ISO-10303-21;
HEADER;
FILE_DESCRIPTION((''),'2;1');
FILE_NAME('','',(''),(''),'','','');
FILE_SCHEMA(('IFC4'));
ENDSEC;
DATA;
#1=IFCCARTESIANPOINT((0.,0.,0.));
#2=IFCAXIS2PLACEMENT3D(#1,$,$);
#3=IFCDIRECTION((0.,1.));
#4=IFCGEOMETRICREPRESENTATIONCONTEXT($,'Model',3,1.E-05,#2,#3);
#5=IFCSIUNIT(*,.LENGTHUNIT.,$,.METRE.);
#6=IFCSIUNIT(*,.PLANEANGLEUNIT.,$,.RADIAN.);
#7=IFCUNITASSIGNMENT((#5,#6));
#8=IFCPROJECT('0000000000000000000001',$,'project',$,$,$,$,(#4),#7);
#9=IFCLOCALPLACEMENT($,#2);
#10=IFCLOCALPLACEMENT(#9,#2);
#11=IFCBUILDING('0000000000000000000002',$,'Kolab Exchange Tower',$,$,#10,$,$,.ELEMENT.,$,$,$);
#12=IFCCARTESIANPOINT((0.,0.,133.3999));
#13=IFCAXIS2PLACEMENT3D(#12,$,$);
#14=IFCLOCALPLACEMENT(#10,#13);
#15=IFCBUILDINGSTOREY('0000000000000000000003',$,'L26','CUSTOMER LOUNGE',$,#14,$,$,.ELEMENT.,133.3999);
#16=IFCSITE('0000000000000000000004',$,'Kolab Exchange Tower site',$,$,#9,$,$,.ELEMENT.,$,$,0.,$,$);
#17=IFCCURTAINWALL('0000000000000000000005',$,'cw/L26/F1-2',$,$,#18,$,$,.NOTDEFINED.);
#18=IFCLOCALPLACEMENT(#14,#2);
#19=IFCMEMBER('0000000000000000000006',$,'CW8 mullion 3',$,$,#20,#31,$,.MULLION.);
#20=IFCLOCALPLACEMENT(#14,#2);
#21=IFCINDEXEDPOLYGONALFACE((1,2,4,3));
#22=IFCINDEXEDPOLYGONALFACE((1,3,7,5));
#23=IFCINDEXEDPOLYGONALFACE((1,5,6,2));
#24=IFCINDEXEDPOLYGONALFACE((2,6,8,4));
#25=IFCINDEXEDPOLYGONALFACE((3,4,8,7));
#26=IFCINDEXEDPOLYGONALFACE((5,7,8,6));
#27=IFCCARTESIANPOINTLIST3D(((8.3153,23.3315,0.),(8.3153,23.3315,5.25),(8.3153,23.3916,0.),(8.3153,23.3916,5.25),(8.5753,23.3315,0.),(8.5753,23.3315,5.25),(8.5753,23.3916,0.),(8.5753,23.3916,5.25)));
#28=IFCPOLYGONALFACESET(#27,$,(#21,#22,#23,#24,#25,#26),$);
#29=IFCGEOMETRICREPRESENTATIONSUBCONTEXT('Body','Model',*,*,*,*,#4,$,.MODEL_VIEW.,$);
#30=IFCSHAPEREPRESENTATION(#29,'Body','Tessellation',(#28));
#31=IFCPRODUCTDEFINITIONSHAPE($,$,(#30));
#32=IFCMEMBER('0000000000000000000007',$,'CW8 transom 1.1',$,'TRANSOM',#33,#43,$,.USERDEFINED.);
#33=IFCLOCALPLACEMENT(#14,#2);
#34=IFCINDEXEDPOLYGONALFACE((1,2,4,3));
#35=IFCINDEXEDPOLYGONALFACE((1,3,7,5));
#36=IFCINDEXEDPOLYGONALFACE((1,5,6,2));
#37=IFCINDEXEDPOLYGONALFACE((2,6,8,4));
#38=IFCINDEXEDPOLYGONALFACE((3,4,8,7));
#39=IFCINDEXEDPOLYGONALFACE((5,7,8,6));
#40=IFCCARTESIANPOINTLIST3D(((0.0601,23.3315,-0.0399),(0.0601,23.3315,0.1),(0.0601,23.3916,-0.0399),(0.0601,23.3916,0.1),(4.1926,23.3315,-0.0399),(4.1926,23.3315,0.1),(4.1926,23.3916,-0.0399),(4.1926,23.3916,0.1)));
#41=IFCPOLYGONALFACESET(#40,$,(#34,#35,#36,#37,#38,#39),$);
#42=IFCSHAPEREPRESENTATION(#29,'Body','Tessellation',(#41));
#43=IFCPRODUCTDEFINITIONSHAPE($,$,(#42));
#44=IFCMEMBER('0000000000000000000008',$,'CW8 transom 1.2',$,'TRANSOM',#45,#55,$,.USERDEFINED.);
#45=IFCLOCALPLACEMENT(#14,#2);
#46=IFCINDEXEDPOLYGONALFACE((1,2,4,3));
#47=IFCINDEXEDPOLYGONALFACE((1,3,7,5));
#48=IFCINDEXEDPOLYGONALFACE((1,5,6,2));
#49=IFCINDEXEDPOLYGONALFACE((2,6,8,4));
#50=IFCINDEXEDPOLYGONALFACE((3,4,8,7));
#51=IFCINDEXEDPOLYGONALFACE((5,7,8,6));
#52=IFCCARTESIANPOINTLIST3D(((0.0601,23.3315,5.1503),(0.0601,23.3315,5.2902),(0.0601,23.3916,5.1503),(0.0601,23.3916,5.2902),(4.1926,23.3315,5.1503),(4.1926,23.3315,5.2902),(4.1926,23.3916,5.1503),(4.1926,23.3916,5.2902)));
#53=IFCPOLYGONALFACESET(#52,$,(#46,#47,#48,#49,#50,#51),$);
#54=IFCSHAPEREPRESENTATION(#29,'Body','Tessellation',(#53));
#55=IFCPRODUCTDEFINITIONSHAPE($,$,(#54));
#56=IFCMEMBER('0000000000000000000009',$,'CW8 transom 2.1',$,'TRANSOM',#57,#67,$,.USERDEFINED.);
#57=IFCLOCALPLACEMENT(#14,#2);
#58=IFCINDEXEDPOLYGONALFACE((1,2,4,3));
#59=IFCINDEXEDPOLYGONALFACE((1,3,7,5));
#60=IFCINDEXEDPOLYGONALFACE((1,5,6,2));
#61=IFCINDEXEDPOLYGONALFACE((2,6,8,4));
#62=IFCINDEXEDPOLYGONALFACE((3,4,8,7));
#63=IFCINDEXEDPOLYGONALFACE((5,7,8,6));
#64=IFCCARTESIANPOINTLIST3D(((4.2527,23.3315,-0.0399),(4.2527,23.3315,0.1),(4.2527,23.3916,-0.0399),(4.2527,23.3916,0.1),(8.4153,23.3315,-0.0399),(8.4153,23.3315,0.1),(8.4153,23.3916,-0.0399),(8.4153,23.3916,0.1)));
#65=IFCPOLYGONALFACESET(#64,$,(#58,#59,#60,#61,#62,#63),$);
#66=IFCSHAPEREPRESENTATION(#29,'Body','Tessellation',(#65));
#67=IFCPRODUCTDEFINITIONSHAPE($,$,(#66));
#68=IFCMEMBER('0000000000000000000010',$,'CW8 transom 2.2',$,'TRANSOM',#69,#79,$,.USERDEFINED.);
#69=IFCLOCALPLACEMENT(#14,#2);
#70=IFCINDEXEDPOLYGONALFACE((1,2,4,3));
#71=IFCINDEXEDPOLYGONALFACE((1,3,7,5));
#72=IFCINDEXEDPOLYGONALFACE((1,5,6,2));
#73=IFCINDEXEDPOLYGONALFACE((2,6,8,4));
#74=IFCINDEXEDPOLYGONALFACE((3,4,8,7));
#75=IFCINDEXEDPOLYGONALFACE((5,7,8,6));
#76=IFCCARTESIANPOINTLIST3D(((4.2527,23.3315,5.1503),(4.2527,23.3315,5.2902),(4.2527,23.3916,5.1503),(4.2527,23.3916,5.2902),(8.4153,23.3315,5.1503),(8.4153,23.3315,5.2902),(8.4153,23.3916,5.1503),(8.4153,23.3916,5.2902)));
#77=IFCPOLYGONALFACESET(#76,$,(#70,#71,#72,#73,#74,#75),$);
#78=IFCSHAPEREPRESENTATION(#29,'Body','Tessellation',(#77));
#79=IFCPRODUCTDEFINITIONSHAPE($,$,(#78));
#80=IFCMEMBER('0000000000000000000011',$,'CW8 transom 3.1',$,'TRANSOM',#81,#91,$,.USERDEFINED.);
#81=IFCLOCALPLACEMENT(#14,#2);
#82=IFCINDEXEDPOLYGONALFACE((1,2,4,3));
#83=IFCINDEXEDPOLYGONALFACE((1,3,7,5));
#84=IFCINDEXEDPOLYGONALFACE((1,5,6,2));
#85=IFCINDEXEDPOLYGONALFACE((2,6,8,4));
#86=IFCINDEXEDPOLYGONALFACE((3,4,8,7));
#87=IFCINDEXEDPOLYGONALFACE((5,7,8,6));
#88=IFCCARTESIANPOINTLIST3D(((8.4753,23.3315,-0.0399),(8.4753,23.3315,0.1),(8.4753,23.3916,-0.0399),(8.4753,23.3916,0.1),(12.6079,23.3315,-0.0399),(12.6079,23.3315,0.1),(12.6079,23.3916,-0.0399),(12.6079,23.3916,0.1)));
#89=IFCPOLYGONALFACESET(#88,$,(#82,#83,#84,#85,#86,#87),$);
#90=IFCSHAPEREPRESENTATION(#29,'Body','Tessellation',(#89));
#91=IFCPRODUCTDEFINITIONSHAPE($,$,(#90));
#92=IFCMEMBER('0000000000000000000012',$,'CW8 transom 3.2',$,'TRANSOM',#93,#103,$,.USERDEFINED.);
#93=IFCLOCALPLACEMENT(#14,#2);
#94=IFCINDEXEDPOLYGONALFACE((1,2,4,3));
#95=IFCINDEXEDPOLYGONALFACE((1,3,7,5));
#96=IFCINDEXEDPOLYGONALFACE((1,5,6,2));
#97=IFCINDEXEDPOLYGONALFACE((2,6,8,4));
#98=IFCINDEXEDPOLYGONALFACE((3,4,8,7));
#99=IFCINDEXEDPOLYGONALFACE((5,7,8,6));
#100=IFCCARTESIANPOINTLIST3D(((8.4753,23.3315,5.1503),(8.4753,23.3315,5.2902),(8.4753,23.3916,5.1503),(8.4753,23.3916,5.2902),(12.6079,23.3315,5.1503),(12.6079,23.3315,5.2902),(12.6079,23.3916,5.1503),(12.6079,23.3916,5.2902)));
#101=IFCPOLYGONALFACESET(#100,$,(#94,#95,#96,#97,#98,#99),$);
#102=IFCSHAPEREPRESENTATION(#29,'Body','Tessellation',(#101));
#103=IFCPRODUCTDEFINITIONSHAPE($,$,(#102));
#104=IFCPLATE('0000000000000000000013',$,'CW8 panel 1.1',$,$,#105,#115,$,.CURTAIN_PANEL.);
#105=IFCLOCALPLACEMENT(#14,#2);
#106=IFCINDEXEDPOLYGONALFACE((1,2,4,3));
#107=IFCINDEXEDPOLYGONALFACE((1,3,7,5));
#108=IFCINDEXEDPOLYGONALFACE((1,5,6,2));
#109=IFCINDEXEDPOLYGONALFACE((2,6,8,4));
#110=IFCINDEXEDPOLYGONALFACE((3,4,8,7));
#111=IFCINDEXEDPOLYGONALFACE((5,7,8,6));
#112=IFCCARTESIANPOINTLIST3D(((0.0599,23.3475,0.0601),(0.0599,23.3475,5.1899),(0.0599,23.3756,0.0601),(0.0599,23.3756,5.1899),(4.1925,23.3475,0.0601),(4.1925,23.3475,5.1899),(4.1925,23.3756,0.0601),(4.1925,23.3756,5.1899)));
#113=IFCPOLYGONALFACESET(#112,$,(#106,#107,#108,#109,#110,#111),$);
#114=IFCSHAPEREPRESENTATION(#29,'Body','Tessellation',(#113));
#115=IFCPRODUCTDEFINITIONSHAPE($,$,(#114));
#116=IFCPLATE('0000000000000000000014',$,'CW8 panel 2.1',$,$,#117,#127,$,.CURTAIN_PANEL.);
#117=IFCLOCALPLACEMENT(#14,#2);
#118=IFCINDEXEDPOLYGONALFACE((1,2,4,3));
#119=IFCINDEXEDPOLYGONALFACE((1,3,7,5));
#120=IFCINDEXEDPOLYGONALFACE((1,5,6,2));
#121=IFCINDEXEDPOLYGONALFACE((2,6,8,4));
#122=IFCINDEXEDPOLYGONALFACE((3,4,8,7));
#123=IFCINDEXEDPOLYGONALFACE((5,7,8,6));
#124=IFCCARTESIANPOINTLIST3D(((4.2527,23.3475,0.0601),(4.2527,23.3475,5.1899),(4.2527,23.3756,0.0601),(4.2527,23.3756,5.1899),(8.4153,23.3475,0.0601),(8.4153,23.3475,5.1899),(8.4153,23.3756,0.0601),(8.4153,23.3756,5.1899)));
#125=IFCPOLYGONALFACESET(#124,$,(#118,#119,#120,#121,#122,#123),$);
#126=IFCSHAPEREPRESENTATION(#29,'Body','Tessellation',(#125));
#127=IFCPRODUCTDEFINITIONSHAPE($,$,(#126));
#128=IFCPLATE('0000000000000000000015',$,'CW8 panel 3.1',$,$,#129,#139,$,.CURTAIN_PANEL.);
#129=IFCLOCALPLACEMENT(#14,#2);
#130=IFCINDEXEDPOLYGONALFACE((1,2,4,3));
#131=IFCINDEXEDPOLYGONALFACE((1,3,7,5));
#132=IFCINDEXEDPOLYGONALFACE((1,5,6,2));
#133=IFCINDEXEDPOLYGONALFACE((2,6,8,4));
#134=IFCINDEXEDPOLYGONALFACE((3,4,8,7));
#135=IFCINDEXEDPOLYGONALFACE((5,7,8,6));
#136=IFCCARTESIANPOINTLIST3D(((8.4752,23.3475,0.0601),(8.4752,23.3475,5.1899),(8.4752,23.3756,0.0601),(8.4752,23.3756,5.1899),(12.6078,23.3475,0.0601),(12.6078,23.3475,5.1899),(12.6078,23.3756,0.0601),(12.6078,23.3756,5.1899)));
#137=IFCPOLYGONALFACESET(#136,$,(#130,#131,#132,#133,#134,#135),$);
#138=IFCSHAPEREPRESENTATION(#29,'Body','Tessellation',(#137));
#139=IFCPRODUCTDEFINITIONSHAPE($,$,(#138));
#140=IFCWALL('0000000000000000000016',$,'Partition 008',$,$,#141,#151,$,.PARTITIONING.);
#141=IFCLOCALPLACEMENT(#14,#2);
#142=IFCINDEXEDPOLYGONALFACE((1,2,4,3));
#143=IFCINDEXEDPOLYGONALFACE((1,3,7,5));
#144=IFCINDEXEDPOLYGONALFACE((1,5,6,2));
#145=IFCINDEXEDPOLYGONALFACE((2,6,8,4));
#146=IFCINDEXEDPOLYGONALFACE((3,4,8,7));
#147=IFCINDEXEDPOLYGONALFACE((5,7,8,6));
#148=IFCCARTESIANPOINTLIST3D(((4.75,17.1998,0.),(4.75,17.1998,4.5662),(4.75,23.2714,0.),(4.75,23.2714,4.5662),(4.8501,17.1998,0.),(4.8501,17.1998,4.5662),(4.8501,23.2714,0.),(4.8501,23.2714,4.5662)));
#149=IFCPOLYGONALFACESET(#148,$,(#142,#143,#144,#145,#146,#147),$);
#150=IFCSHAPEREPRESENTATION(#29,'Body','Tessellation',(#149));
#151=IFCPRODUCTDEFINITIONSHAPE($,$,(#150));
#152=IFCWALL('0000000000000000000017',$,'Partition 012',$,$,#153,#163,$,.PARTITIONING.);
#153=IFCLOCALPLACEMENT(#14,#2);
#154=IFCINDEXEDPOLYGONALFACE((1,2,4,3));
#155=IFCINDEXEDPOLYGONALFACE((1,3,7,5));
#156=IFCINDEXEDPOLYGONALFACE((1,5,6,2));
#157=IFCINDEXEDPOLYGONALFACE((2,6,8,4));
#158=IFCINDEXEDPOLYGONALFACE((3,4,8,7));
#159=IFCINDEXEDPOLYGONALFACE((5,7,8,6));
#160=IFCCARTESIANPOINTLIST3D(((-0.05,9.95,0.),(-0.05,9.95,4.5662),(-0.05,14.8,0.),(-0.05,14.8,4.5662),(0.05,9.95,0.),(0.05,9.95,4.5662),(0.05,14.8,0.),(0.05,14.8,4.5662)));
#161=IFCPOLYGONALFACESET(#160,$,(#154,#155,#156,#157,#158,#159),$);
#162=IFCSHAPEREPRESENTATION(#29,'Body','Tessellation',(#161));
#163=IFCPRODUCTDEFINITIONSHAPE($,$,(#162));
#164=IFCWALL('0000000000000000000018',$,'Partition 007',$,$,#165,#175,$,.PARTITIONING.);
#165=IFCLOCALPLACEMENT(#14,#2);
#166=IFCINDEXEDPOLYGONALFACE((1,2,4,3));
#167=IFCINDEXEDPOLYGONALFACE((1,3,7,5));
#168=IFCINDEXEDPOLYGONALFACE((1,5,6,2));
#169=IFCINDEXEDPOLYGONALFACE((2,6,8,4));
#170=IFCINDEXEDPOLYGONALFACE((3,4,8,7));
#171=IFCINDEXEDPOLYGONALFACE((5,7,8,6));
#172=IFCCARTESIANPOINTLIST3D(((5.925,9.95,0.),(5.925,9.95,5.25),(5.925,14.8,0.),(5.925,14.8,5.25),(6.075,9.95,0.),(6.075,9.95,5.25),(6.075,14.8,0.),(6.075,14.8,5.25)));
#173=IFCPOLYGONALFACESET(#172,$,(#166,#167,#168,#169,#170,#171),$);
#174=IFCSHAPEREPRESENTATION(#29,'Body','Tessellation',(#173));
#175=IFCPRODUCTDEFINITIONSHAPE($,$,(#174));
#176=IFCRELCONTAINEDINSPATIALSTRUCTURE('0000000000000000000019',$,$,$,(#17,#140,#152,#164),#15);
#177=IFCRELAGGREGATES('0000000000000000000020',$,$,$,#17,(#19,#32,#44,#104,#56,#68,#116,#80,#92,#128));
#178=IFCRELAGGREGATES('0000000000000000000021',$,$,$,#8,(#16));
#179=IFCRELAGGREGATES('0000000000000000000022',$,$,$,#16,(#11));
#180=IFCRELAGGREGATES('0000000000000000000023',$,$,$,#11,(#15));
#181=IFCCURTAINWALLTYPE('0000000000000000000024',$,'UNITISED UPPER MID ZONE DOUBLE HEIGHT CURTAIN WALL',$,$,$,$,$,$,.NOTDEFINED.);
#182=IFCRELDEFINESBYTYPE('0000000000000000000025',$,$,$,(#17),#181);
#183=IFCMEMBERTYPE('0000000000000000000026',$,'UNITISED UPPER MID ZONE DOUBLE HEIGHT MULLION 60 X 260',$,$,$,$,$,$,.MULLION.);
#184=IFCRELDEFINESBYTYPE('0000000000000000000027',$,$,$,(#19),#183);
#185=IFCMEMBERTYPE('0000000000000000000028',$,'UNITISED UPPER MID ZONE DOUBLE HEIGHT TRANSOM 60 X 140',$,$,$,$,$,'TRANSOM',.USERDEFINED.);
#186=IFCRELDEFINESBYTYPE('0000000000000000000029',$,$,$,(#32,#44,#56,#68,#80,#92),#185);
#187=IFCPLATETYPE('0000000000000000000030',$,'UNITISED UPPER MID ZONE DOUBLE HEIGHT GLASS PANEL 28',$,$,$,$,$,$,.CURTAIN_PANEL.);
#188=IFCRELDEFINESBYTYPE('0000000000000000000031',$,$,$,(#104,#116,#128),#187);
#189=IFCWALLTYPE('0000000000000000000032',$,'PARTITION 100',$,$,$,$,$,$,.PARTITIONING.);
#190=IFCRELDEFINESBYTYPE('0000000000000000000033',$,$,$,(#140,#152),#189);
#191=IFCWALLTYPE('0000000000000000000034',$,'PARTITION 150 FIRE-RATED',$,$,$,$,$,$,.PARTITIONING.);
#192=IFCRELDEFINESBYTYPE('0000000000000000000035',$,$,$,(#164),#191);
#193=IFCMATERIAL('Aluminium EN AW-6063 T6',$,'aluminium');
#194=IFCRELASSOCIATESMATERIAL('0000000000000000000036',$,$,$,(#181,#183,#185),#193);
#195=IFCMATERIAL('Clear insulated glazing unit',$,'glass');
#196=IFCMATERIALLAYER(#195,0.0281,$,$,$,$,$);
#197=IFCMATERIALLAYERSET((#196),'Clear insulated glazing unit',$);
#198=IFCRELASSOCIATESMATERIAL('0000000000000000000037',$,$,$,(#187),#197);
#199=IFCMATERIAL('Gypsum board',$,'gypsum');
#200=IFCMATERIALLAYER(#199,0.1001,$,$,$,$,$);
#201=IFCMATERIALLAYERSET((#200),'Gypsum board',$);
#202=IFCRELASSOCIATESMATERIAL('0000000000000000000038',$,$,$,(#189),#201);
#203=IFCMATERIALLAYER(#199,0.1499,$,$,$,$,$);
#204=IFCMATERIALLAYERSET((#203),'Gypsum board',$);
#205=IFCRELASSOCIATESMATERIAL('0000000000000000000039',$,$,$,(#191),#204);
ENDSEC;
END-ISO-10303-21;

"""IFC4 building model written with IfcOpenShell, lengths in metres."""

from ifc_helpers import new_model, si_unit, direction, frame, frame_2d, origin, origin_2d, place, context, subcontext, project, spatial, rectangle, extrude, material, layer, layer_set, material_profile, profile_set, type_object, element, aggregate, save


model = new_model("IFC4")

# Units and contexts
model_context = context("Model", 3, precision=1e-05, world=origin(), true_north=direction((0.0, 1.0)))
body_context = subcontext(model_context, "Body", "Model", "MODEL_VIEW")
ifc_project = project(units=[si_unit("LENGTHUNIT", "METRE"), si_unit("PLANEANGLEUNIT", "RADIAN")], contexts=[model_context])

# Site, building, storey
site_placement = place(None, origin())
site = spatial("IfcSite", under=ifc_project, at=site_placement, Name="Kolab Exchange Tower site", CompositionType="ELEMENT", RefElevation=0.0)
building_placement = place(site_placement, origin())
building = spatial("IfcBuilding", under=site, at=building_placement, Name="Kolab Exchange Tower", CompositionType="ELEMENT")
storey_placement = place(building_placement, frame((0.0, 0.0, 133.3999)))
storey = spatial("IfcBuildingStorey", under=building, at=storey_placement, Name="L26", Description="CUSTOMER LOUNGE", CompositionType="ELEMENT", Elevation=133.3999)

# Curtain wall, members, plates
ifc_material_1 = material(Name="Aluminium EN AW-6063 T6", Category="aluminium")
curtain_wall_type = type_object("IfcCurtainWallType", Name="UNITISED UPPER MID ZONE DOUBLE HEIGHT CURTAIN WALL", PredefinedType="NOTDEFINED", material=ifc_material_1)
curtain_wall_placement = place(storey_placement, origin())
curtain_wall = element("IfcCurtainWall", 1, at=curtain_wall_placement, inside=storey, type_object=curtain_wall_type, Name="cw/L26/F1-2", PredefinedType="NOTDEFINED")
ifc_material_profile_1 = material_profile(ifc_material_1, rectangle(XDim=0.0601, YDim=0.26, at=origin_2d()), Name="RECT 60X260")
ifc_profile_set_1 = profile_set([ifc_material_profile_1], Name="Aluminium EN AW-6063 T6")
member_type_1 = type_object("IfcMemberType", Name="UNITISED UPPER MID ZONE DOUBLE HEIGHT MULLION 60 X 260", PredefinedType="MULLION", material=ifc_profile_set_1)
member_1_placement = place(storey_placement, frame((8.4453, 23.3616, 0.0), z_axis=(0.0, 0.0, 1.0), x_axis=(0.0, 1.0, 0.0)))
member_1 = element("IfcMember", 2, at=member_1_placement, type_object=member_type_1, Name="CW8 mullion 3", PredefinedType="MULLION", context=body_context, shape_type="SweptSolid", body=[
    extrude(rectangle(XDim=0.0601, YDim=0.26, at=origin_2d()), origin(), (0.0, 0.0, 1.0), 5.25),
])
ifc_material_profile_2 = material_profile(ifc_material_1, rectangle(XDim=0.0601, YDim=0.1399, at=origin_2d()), Name="RECT 60X140")
ifc_profile_set_2 = profile_set([ifc_material_profile_2], Name="Aluminium EN AW-6063 T6")
member_type_2 = type_object("IfcMemberType", Name="UNITISED UPPER MID ZONE DOUBLE HEIGHT TRANSOM 60 X 140", ElementType="TRANSOM", PredefinedType="USERDEFINED", material=ifc_profile_set_2)
member_2_placement = place(storey_placement, frame((0.0601, 23.3616, 0.03), z_axis=(1.0, 0.0, 0.0), x_axis=(0.0, 1.0, 0.0)))
member_2 = element("IfcMember", 3, at=member_2_placement, type_object=member_type_2, Name="CW8 transom 1.1", ObjectType="TRANSOM", PredefinedType="USERDEFINED", context=body_context, shape_type="SweptSolid", body=[
    extrude(rectangle(XDim=0.0601, YDim=0.1399, at=origin_2d()), origin(), (0.0, 0.0, 1.0), 4.1326),
])
member_3_placement = place(storey_placement, frame((0.0601, 23.3616, 5.2202), z_axis=(1.0, 0.0, 0.0), x_axis=(0.0, 1.0, 0.0)))
member_3 = element("IfcMember", 4, at=member_3_placement, type_object=member_type_2, Name="CW8 transom 1.2", ObjectType="TRANSOM", PredefinedType="USERDEFINED", context=body_context, shape_type="SweptSolid", body=[
    extrude(rectangle(XDim=0.0601, YDim=0.1399, at=origin_2d()), origin(), (0.0, 0.0, 1.0), 4.1326),
])
member_4_placement = place(storey_placement, frame((4.2527, 23.3616, 0.03), z_axis=(1.0, 0.0, 0.0), x_axis=(0.0, 1.0, 0.0)))
member_4 = element("IfcMember", 5, at=member_4_placement, type_object=member_type_2, Name="CW8 transom 2.1", ObjectType="TRANSOM", PredefinedType="USERDEFINED", context=body_context, shape_type="SweptSolid", body=[
    extrude(rectangle(XDim=0.0601, YDim=0.1399, at=origin_2d()), origin(), (0.0, 0.0, 1.0), 4.1626),
])
member_5_placement = place(storey_placement, frame((4.2527, 23.3616, 5.2202), z_axis=(1.0, 0.0, 0.0), x_axis=(0.0, 1.0, 0.0)))
member_5 = element("IfcMember", 6, at=member_5_placement, type_object=member_type_2, Name="CW8 transom 2.2", ObjectType="TRANSOM", PredefinedType="USERDEFINED", context=body_context, shape_type="SweptSolid", body=[
    extrude(rectangle(XDim=0.0601, YDim=0.1399, at=origin_2d()), origin(), (0.0, 0.0, 1.0), 4.1626),
])
member_6_placement = place(storey_placement, frame((8.4753, 23.3616, 0.03), z_axis=(1.0, 0.0, 0.0), x_axis=(0.0, 1.0, 0.0)))
member_6 = element("IfcMember", 7, at=member_6_placement, type_object=member_type_2, Name="CW8 transom 3.1", ObjectType="TRANSOM", PredefinedType="USERDEFINED", context=body_context, shape_type="SweptSolid", body=[
    extrude(rectangle(XDim=0.0601, YDim=0.1399, at=origin_2d()), origin(), (0.0, 0.0, 1.0), 4.1326),
])
member_7_placement = place(storey_placement, frame((8.4753, 23.3616, 5.2202), z_axis=(1.0, 0.0, 0.0), x_axis=(0.0, 1.0, 0.0)))
member_7 = element("IfcMember", 8, at=member_7_placement, type_object=member_type_2, Name="CW8 transom 3.2", ObjectType="TRANSOM", PredefinedType="USERDEFINED", context=body_context, shape_type="SweptSolid", body=[
    extrude(rectangle(XDim=0.0601, YDim=0.1399, at=origin_2d()), origin(), (0.0, 0.0, 1.0), 4.1326),
])
ifc_material_2 = material(Name="Clear insulated glazing unit", Category="glass")
ifc_layer_1 = layer(ifc_material_2, 0.0281)
ifc_layer_set_1 = layer_set([ifc_layer_1], Name="Clear insulated glazing unit")
plate_type = type_object("IfcPlateType", Name="UNITISED UPPER MID ZONE DOUBLE HEIGHT GLASS PANEL 28", PredefinedType="CURTAIN_PANEL", material=ifc_layer_set_1)
plate_1_placement = place(storey_placement, frame((2.1262, 23.3616, 0.0601), z_axis=(0.0, 0.0, 1.0), x_axis=(1.0, 0.0, 0.0)))
plate_1 = element("IfcPlate", 9, at=plate_1_placement, type_object=plate_type, Name="CW8 panel 1.1", PredefinedType="CURTAIN_PANEL", context=body_context, shape_type="SweptSolid", body=[
    extrude(rectangle(XDim=4.1326, YDim=0.0281, at=origin_2d()), origin(), (0.0, 0.0, 1.0), 5.1299),
])
plate_2_placement = place(storey_placement, frame((6.334, 23.3616, 0.0601), z_axis=(0.0, 0.0, 1.0), x_axis=(1.0, 0.0, 0.0)))
plate_2 = element("IfcPlate", 10, at=plate_2_placement, type_object=plate_type, Name="CW8 panel 2.1", PredefinedType="CURTAIN_PANEL", context=body_context, shape_type="SweptSolid", body=[
    extrude(rectangle(XDim=4.1626, YDim=0.0281, at=origin_2d()), origin(), (0.0, 0.0, 1.0), 5.1299),
])
plate_3_placement = place(storey_placement, frame((10.5415, 23.3616, 0.0601), z_axis=(0.0, 0.0, 1.0), x_axis=(1.0, 0.0, 0.0)))
plate_3 = element("IfcPlate", 11, at=plate_3_placement, type_object=plate_type, Name="CW8 panel 3.1", PredefinedType="CURTAIN_PANEL", context=body_context, shape_type="SweptSolid", body=[
    extrude(rectangle(XDim=4.1326, YDim=0.0281, at=origin_2d()), origin(), (0.0, 0.0, 1.0), 5.1299),
])
aggregate(curtain_wall, [member_1, member_2, member_3, plate_1, member_4, member_5, plate_2, member_6, member_7, plate_3])

# Walls
ifc_material_3 = material(Name="Gypsum board", Category="gypsum")
ifc_layer_2 = layer(ifc_material_3, 0.1001)
ifc_layer_set_2 = layer_set([ifc_layer_2], Name="Gypsum board")
wall_type_1 = type_object("IfcWallType", Name="PARTITION 100", PredefinedType="PARTITIONING", material=ifc_layer_set_2)
wall_1_placement = place(storey_placement, frame((4.8, 17.2, 0.0), z_axis=(0.0, 0.0, 1.0), x_axis=(0.0, 1.0, 0.0)))
element("IfcWall", 12, at=wall_1_placement, inside=storey, type_object=wall_type_1, Name="Partition 008", PredefinedType="PARTITIONING", context=body_context, shape_type="SweptSolid", body=[
    extrude(rectangle(XDim=6.0715, YDim=0.1001, at=frame_2d((3.0356, 0.0))), origin(), (0.0, 0.0, 1.0), 4.5662),
])
wall_2_placement = place(storey_placement, frame((0.0, 9.95, 0.0), z_axis=(0.0, 0.0, 1.0), x_axis=(0.0, 1.0, 0.0)))
element("IfcWall", 13, at=wall_2_placement, inside=storey, type_object=wall_type_1, Name="Partition 012", PredefinedType="PARTITIONING", context=body_context, shape_type="SweptSolid", body=[
    extrude(rectangle(XDim=4.8501, YDim=0.1001, at=frame_2d((2.425, 0.0))), origin(), (0.0, 0.0, 1.0), 4.5662),
])
ifc_layer_3 = layer(ifc_material_3, 0.1499)
ifc_layer_set_3 = layer_set([ifc_layer_3], Name="Gypsum board")
wall_type_2 = type_object("IfcWallType", Name="PARTITION 150 FIRE-RATED", PredefinedType="PARTITIONING", material=ifc_layer_set_3)
wall_3_placement = place(storey_placement, frame((6.0, 9.95, 0.0), z_axis=(0.0, 0.0, 1.0), x_axis=(0.0, 1.0, 0.0)))
element("IfcWall", 14, at=wall_3_placement, inside=storey, type_object=wall_type_2, Name="Partition 007", PredefinedType="PARTITIONING", context=body_context, shape_type="SweptSolid", body=[
    extrude(rectangle(XDim=4.8501, YDim=0.1499, at=frame_2d((2.425, 0.0))), origin(), (0.0, 0.0, 1.0), 5.25),
])

save(model, "model.ifc")
